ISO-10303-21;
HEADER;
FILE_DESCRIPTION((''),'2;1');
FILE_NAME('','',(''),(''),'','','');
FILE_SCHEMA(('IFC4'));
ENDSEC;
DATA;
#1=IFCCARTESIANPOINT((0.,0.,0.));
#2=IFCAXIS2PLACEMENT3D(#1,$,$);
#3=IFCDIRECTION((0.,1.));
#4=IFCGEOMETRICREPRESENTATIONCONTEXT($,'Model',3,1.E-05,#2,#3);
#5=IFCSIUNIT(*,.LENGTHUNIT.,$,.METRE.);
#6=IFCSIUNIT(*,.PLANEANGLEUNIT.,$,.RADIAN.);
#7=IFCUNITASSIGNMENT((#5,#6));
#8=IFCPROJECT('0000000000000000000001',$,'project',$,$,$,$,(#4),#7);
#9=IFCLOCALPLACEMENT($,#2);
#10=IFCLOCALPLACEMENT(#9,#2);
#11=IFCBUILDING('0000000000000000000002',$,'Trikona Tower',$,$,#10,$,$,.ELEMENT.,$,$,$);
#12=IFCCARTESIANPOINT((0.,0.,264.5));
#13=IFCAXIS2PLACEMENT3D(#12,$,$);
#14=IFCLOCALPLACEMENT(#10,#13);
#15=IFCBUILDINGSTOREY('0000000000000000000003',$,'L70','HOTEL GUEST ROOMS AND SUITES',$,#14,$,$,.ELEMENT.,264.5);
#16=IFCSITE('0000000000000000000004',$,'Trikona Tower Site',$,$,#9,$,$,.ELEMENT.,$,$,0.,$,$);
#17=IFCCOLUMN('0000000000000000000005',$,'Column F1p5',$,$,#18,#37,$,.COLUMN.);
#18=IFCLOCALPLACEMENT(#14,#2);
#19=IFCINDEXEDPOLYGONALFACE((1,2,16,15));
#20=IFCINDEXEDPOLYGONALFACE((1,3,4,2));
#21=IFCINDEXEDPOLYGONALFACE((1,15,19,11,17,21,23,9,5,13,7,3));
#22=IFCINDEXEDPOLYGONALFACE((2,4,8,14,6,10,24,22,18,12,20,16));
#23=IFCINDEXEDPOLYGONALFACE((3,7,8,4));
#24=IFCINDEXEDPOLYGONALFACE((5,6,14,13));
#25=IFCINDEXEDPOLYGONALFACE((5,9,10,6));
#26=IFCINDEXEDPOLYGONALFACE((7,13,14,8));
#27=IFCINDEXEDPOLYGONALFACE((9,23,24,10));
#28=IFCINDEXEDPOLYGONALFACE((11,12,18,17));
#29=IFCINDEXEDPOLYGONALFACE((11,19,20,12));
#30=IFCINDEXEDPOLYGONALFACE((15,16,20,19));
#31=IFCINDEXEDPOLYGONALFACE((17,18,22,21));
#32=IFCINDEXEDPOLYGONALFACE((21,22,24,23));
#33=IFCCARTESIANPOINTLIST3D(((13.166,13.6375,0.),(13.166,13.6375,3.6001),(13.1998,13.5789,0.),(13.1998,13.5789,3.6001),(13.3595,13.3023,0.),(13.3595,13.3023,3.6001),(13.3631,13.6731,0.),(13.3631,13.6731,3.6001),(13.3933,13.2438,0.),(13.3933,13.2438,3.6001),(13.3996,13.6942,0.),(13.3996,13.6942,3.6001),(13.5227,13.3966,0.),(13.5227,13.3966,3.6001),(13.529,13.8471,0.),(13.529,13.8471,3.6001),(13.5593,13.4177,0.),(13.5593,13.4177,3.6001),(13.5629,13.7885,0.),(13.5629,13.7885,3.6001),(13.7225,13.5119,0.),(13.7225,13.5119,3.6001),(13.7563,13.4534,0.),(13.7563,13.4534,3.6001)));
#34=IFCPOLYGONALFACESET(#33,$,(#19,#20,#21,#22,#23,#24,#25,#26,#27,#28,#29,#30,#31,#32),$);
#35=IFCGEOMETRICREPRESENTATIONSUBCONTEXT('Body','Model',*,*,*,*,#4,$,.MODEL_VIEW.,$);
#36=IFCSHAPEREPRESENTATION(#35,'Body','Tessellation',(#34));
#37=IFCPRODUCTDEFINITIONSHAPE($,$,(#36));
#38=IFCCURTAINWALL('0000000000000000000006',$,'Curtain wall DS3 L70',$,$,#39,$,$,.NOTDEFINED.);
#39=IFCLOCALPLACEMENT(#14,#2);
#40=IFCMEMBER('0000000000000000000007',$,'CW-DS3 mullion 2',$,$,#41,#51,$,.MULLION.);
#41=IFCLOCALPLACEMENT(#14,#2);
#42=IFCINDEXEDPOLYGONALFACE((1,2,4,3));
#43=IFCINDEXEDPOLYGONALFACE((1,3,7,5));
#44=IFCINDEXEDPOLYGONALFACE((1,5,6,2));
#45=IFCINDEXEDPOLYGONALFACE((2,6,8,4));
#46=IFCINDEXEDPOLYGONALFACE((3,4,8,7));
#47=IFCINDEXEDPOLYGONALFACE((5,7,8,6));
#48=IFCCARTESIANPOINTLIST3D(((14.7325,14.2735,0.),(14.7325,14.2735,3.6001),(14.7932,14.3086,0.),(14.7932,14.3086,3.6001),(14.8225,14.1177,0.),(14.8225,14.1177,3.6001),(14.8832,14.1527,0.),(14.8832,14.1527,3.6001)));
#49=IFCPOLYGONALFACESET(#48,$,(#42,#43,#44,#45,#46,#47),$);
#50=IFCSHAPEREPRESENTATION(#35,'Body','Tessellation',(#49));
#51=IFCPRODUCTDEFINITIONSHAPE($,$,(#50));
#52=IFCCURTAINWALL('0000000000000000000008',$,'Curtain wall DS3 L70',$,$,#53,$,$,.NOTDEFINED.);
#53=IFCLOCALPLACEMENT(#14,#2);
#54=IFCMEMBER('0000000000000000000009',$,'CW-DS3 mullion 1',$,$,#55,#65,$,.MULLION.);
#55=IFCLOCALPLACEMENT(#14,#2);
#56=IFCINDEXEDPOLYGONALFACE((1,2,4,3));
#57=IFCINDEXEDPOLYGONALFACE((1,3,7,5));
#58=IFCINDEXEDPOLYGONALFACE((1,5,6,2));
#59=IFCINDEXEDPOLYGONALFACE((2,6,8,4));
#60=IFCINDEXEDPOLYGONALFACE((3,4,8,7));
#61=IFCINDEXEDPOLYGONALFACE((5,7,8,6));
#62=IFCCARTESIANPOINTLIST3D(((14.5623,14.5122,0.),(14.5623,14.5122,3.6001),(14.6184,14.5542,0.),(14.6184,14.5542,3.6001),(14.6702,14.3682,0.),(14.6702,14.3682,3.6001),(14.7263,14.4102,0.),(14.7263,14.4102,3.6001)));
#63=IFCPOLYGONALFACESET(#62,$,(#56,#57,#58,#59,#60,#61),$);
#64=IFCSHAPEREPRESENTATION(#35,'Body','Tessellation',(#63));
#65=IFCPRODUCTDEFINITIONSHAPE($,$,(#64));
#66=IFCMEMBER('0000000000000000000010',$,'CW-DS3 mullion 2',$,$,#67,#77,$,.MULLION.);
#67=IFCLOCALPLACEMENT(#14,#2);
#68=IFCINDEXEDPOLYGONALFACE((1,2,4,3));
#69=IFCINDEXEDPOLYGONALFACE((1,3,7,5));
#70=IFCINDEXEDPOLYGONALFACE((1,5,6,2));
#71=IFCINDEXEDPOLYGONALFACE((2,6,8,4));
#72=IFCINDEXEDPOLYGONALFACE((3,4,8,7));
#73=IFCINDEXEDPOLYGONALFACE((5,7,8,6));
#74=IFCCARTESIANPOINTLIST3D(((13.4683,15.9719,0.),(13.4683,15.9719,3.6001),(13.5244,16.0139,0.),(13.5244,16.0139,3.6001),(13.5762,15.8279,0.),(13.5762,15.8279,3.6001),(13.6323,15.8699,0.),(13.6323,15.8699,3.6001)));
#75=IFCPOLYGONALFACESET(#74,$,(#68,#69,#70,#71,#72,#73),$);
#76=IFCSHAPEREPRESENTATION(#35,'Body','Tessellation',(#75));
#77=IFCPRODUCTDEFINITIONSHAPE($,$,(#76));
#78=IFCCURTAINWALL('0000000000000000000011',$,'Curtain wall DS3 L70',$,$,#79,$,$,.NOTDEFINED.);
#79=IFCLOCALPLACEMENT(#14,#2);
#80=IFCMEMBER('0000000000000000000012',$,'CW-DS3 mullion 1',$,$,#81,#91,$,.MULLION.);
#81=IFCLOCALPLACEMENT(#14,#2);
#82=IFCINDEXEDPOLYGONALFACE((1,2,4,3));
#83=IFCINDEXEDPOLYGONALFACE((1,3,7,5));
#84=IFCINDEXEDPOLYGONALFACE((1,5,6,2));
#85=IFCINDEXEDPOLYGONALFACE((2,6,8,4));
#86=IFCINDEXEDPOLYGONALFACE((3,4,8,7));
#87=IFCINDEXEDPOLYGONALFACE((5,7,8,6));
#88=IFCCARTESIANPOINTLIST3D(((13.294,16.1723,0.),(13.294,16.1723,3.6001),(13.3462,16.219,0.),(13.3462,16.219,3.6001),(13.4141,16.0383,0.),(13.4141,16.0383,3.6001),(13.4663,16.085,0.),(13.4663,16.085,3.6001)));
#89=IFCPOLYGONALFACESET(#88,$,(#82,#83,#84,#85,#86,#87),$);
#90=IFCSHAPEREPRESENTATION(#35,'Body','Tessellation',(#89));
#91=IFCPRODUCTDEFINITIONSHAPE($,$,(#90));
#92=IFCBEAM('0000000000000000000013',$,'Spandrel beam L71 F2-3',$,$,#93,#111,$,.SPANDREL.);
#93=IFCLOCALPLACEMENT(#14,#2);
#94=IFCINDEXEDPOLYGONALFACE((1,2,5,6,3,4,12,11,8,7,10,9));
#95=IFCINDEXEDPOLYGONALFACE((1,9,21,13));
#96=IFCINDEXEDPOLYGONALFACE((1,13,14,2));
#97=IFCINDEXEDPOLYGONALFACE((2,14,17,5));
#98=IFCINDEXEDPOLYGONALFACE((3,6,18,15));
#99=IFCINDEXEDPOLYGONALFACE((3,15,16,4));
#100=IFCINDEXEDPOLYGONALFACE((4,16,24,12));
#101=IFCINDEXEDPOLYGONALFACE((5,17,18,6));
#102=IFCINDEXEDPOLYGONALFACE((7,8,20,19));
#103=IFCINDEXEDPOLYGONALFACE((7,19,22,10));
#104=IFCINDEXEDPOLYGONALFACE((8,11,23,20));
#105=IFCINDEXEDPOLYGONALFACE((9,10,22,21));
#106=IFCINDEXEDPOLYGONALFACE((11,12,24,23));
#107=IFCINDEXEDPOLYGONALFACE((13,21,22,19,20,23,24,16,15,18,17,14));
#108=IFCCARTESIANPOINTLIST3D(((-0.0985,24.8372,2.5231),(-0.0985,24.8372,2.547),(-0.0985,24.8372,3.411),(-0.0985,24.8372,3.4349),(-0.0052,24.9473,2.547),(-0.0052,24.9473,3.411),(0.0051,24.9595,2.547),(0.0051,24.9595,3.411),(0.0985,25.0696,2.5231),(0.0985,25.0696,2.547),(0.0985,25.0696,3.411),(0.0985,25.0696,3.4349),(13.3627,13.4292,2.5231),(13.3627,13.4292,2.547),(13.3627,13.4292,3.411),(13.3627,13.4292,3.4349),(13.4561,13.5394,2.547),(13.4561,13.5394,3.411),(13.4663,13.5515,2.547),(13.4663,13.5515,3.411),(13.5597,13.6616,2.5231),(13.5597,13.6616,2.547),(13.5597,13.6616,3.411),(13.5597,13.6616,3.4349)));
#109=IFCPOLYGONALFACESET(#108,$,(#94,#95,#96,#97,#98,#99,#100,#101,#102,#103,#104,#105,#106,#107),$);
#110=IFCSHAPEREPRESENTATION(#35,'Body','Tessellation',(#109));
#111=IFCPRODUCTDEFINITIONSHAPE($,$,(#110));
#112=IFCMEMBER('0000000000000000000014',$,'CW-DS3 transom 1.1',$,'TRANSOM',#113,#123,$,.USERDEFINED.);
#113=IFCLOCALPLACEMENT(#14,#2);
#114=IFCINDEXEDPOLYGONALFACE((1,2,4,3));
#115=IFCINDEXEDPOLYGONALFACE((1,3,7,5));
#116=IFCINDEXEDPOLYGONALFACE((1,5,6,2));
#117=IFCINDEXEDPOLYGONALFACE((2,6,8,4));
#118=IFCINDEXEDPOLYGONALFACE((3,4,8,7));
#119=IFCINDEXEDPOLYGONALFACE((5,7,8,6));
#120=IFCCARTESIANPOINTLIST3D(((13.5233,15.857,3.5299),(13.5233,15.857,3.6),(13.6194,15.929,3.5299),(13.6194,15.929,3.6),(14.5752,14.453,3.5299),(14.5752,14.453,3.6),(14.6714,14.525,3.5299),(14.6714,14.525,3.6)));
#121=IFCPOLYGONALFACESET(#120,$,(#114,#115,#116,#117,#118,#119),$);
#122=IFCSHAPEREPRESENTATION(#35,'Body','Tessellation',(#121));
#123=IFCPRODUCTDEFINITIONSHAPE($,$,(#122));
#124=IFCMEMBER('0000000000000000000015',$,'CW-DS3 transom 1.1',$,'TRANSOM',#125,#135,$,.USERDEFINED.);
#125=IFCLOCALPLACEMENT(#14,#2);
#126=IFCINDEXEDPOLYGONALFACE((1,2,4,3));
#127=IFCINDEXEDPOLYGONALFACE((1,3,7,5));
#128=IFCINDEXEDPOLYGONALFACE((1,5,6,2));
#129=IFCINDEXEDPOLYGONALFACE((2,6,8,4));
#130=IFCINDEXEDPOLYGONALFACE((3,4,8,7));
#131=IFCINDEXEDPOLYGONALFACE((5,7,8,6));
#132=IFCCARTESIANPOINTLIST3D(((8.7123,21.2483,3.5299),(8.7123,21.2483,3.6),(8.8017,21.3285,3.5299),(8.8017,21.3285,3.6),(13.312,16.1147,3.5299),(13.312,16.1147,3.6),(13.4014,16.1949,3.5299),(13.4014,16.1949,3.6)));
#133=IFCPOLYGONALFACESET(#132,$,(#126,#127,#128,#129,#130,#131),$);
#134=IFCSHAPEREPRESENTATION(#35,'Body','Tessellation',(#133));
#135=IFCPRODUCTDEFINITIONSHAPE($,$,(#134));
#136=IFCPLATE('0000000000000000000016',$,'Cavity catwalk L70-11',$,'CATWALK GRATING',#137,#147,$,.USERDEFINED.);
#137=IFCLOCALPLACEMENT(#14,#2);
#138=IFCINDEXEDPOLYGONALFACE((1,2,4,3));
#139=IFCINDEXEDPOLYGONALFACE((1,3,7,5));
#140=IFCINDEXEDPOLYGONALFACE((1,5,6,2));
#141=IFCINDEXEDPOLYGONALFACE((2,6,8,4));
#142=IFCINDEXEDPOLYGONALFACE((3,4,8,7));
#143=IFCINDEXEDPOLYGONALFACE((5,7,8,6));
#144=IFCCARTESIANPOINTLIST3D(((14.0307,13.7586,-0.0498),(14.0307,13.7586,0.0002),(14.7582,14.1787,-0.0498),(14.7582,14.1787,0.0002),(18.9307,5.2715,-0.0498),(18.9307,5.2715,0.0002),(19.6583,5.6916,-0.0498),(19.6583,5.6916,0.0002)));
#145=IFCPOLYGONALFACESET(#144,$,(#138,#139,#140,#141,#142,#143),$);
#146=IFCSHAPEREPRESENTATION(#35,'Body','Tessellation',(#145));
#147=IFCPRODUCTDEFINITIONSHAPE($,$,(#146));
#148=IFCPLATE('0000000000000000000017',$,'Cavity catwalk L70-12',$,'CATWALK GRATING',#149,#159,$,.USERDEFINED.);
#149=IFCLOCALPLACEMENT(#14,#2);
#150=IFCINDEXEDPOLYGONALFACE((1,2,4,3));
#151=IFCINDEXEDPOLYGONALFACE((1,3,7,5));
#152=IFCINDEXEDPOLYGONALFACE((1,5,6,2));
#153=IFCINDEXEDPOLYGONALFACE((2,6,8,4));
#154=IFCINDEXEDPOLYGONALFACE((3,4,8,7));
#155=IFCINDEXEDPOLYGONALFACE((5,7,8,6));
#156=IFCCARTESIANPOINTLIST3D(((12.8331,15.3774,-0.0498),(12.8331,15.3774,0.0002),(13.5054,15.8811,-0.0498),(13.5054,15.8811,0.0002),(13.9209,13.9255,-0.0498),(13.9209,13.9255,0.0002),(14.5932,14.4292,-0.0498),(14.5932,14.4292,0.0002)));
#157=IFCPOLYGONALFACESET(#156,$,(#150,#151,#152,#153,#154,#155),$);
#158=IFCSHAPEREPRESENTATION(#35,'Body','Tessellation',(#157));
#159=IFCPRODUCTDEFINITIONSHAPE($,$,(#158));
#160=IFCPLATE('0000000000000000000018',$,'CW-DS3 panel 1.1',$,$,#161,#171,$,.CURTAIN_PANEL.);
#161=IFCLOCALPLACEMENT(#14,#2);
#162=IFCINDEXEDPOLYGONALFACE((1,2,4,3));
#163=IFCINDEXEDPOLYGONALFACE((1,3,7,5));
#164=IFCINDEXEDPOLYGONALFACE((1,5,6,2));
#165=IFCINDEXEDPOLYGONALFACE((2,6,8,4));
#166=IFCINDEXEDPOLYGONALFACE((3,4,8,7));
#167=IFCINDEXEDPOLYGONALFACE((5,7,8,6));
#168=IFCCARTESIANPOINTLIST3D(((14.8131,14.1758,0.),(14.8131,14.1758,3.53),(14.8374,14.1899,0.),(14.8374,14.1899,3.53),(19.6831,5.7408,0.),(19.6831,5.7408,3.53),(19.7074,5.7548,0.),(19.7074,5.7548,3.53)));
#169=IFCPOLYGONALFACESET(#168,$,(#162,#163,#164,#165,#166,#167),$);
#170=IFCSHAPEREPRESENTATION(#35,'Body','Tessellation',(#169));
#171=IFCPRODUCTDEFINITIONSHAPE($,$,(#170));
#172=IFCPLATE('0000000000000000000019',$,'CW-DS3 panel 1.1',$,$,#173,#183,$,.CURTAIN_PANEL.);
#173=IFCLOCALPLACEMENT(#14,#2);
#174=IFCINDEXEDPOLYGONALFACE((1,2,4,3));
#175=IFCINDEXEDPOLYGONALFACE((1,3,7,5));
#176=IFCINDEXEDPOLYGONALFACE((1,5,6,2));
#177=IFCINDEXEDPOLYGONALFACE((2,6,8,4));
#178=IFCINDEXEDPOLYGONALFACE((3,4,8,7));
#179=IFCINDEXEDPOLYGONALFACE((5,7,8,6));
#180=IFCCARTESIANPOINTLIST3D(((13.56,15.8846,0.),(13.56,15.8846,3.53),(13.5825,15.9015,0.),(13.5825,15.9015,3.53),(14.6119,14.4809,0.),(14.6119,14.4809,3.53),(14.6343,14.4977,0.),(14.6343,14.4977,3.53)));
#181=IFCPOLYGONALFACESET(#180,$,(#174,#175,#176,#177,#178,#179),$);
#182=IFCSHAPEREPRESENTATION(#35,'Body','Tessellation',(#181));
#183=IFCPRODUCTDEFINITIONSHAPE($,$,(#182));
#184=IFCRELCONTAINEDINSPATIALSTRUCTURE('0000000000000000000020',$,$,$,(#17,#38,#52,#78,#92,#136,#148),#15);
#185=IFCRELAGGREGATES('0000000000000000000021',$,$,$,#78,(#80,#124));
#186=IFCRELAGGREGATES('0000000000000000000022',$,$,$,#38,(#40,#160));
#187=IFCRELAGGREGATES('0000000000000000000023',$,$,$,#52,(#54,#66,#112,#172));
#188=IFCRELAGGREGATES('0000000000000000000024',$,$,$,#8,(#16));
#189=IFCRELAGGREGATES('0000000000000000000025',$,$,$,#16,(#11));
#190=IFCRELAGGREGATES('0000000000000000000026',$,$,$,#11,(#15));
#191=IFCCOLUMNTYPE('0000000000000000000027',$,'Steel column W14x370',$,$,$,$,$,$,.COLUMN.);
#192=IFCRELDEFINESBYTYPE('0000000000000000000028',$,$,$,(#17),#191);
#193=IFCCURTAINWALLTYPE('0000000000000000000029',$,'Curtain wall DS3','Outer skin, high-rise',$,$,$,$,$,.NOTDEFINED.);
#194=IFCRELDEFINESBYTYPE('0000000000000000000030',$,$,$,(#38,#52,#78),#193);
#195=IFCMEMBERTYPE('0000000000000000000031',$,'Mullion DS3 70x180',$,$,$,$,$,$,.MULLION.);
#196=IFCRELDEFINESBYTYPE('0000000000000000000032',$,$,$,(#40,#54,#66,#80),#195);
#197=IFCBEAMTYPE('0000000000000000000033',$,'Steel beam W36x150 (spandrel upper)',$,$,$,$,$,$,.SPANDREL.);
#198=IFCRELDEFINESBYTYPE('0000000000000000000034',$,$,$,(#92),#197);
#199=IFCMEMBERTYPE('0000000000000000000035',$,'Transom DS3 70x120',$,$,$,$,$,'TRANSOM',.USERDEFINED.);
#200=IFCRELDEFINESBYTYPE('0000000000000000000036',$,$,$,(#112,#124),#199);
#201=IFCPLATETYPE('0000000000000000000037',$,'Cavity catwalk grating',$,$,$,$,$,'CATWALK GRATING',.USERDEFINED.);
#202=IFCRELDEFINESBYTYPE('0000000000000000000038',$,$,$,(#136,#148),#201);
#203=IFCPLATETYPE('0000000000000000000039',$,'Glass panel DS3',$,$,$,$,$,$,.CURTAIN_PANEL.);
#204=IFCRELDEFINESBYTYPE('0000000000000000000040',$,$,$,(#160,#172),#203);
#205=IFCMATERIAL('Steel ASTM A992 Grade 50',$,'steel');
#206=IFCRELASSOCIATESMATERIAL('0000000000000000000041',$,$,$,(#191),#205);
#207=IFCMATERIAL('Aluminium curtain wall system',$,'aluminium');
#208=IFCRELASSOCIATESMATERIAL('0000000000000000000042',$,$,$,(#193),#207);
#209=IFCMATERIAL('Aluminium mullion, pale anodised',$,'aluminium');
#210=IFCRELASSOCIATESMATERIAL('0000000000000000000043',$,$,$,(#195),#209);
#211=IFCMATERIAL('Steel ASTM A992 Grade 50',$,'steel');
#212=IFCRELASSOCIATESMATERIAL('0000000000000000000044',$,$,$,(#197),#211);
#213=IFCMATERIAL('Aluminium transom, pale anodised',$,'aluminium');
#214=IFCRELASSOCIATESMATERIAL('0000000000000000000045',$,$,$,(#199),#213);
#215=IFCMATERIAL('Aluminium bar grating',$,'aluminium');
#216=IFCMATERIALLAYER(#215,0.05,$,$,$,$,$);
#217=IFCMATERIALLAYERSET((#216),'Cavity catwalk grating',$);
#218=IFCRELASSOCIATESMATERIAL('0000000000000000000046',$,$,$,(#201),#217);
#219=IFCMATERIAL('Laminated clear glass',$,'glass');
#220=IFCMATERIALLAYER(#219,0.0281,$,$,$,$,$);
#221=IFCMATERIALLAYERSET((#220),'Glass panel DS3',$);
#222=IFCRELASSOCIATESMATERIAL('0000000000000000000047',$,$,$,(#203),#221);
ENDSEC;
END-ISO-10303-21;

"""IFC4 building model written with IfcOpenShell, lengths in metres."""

from ifc_helpers import new_model, si_unit, direction, frame, origin, origin_2d, place, context, subcontext, project, spatial, rectangle, i_section, extrude, material, layer, layer_set, material_profile, profile_set, type_object, element, aggregate, save


model = new_model("IFC4")

# Units and contexts
model_context = context("Model", 3, precision=1e-05, world=origin(), true_north=direction((0.0, 1.0)))
body_context = subcontext(model_context, "Body", "Model", "MODEL_VIEW")
ifc_project = project(units=[si_unit("LENGTHUNIT", "METRE"), si_unit("PLANEANGLEUNIT", "RADIAN")], contexts=[model_context])

# Site, building, storey
site_placement = place(None, origin())
site = spatial("IfcSite", under=ifc_project, at=site_placement, Name="Trikona Tower Site", CompositionType="ELEMENT", RefElevation=0.0)
building_placement = place(site_placement, origin())
building = spatial("IfcBuilding", under=site, at=building_placement, Name="Trikona Tower", CompositionType="ELEMENT")
storey_placement = place(building_placement, frame((0.0, 0.0, 264.5)))
storey = spatial("IfcBuildingStorey", under=building, at=storey_placement, Name="L70", Description="HOTEL GUEST ROOMS AND SUITES", CompositionType="ELEMENT", Elevation=264.5)

# Column
ifc_material_1 = material(Name="Steel ASTM A992 Grade 50", Category="steel")
ifc_material_profile_1 = material_profile(ifc_material_1, i_section(OverallWidth=0.4192, OverallDepth=0.4546, WebThickness=0.0422, FlangeThickness=0.0676, at=origin_2d()), Name="W14X370")
ifc_profile_set_1 = profile_set([ifc_material_profile_1], Name="Steel ASTM A992 Grade 50")
column_type = type_object("IfcColumnType", Name="Steel column W14x370", PredefinedType="COLUMN", material=ifc_profile_set_1)
column_placement = place(storey_placement, frame((13.4612, 13.5454, 0.0), z_axis=(0.0, 0.0, 1.0), x_axis=(0.866025, 0.5, 0.0)))
element("IfcColumn", 1, at=column_placement, inside=storey, type_object=column_type, Name="Column F1p5", PredefinedType="COLUMN", context=body_context, shape_type="SweptSolid", body=[
    extrude(i_section(OverallWidth=0.4192, OverallDepth=0.4546, WebThickness=0.0422, FlangeThickness=0.0676, at=origin_2d()), origin(), (0.0, 0.0, 1.0), 3.6001),
])

# Curtain wall, member
ifc_material_2 = material(Name="Aluminium curtain wall system", Category="aluminium")
curtain_wall_type = type_object("IfcCurtainWallType", Name="Curtain wall DS3", Description="Outer skin, high-rise", PredefinedType="NOTDEFINED", material=ifc_material_2)
curtain_wall_1_placement = place(storey_placement, origin())
curtain_wall_1 = element("IfcCurtainWall", 2, at=curtain_wall_1_placement, inside=storey, type_object=curtain_wall_type, Name="Curtain wall DS3 L70", PredefinedType="NOTDEFINED")
ifc_material_3 = material(Name="Aluminium mullion, pale anodised", Category="aluminium")
ifc_material_profile_2 = material_profile(ifc_material_3, rectangle(XDim=0.0701, YDim=0.1799, at=origin_2d()), Name="MUL-DS3")
ifc_profile_set_2 = profile_set([ifc_material_profile_2], Name="Aluminium mullion, pale anodised")
member_type_1 = type_object("IfcMemberType", Name="Mullion DS3 70x180", PredefinedType="MULLION", material=ifc_profile_set_2)
member_1_placement = place(storey_placement, frame((14.8079, 14.2131, 0.0), z_axis=(0.0, 0.0, 1.0), x_axis=(-0.866025, -0.500001, 0.0)))
member_1 = element("IfcMember", 3, at=member_1_placement, type_object=member_type_1, Name="CW-DS3 mullion 2", PredefinedType="MULLION", context=body_context, shape_type="SweptSolid", body=[
    extrude(rectangle(XDim=0.0701, YDim=0.1799, at=origin_2d()), origin(), (0.0, 0.0, 1.0), 3.6001),
])

# Curtain wall, members
curtain_wall_2_placement = place(storey_placement, origin())
curtain_wall_2 = element("IfcCurtainWall", 4, at=curtain_wall_2_placement, inside=storey, type_object=curtain_wall_type, Name="Curtain wall DS3 L70", PredefinedType="NOTDEFINED")
member_2_placement = place(storey_placement, frame((14.6443, 14.4612, 0.0), z_axis=(0.0, 0.0, 1.0), x_axis=(-0.80026, -0.599654, 0.0)))
member_2 = element("IfcMember", 5, at=member_2_placement, type_object=member_type_1, Name="CW-DS3 mullion 1", PredefinedType="MULLION", context=body_context, shape_type="SweptSolid", body=[
    extrude(rectangle(XDim=0.0701, YDim=0.1799, at=origin_2d()), origin(), (0.0, 0.0, 1.0), 3.6001),
])
member_3_placement = place(storey_placement, frame((13.5503, 15.9209, 0.0), z_axis=(0.0, 0.0, 1.0), x_axis=(-0.80026, -0.599654, 0.0)))
member_3 = element("IfcMember", 6, at=member_3_placement, type_object=member_type_1, Name="CW-DS3 mullion 2", PredefinedType="MULLION", context=body_context, shape_type="SweptSolid", body=[
    extrude(rectangle(XDim=0.0701, YDim=0.1799, at=origin_2d()), origin(), (0.0, 0.0, 1.0), 3.6001),
])

# Curtain wall, member
curtain_wall_3_placement = place(storey_placement, origin())
curtain_wall_3 = element("IfcCurtainWall", 7, at=curtain_wall_3_placement, inside=storey, type_object=curtain_wall_type, Name="Curtain wall DS3 L70", PredefinedType="NOTDEFINED")
member_4_placement = place(storey_placement, frame((13.3801, 16.1287, 0.0), z_axis=(0.0, 0.0, 1.0), x_axis=(-0.744771, -0.66732, 0.0)))
member_4 = element("IfcMember", 8, at=member_4_placement, type_object=member_type_1, Name="CW-DS3 mullion 1", PredefinedType="MULLION", context=body_context, shape_type="SweptSolid", body=[
    extrude(rectangle(XDim=0.0701, YDim=0.1799, at=origin_2d()), origin(), (0.0, 0.0, 1.0), 3.6001),
])

# Beam
ifc_material_4 = material(Name="Steel ASTM A992 Grade 50", Category="steel")
ifc_material_profile_3 = material_profile(ifc_material_4, i_section(OverallWidth=0.3047, OverallDepth=0.9119, WebThickness=0.0159, FlangeThickness=0.0239, at=origin_2d()), Name="W36X150")
ifc_profile_set_3 = profile_set([ifc_material_profile_3], Name="Steel ASTM A992 Grade 50")
beam_type = type_object("IfcBeamType", Name="Steel beam W36x150 (spandrel upper)", PredefinedType="SPANDREL", material=ifc_profile_set_3)
beam_placement = place(storey_placement, frame((13.4612, 13.5454, 2.979), z_axis=(-0.762891, 0.646528, 0.0), x_axis=(-0.646528, -0.762891, 0.0)))
element("IfcBeam", 9, at=beam_placement, inside=storey, type_object=beam_type, Name="Spandrel beam L71 F2-3", PredefinedType="SPANDREL", context=body_context, shape_type="SweptSolid", body=[
    extrude(i_section(OverallWidth=0.3047, OverallDepth=0.9119, WebThickness=0.0159, FlangeThickness=0.0239, at=origin_2d()), origin(), (0.0, 0.0, 1.0), 17.645),
])

# Members
ifc_material_5 = material(Name="Aluminium transom, pale anodised", Category="aluminium")
ifc_material_profile_4 = material_profile(ifc_material_5, rectangle(XDim=0.1201, YDim=0.0701, at=origin_2d()), Name="TRN-DS3")
ifc_profile_set_4 = profile_set([ifc_material_profile_4], Name="Aluminium transom, pale anodised")
member_type_2 = type_object("IfcMemberType", Name="Transom DS3 70x120", ElementType="TRANSOM", PredefinedType="USERDEFINED", material=ifc_profile_set_4)
member_5_placement = place(storey_placement, frame((14.6233, 14.489, 3.5649), z_axis=(-0.599621, 0.800284, 0.0), x_axis=(-0.800284, -0.599621, 0.0)))
member_5 = element("IfcMember", 10, at=member_5_placement, type_object=member_type_2, Name="CW-DS3 transom 1.1", ObjectType="TRANSOM", PredefinedType="USERDEFINED", context=body_context, shape_type="SweptSolid", body=[
    extrude(rectangle(XDim=0.1201, YDim=0.0701, at=origin_2d()), origin(), (0.0, 0.0, 1.0), 1.7544),
])
member_6_placement = place(storey_placement, frame((13.3567, 16.1548, 3.5649), z_axis=(-0.667313, 0.744777, 0.0), x_axis=(-0.744777, -0.667313, 0.0)))
member_6 = element("IfcMember", 11, at=member_6_placement, type_object=member_type_2, Name="CW-DS3 transom 1.1", ObjectType="TRANSOM", PredefinedType="USERDEFINED", context=body_context, shape_type="SweptSolid", body=[
    extrude(rectangle(XDim=0.1201, YDim=0.0701, at=origin_2d()), origin(), (0.0, 0.0, 1.0), 6.8928),
])
aggregate(curtain_wall_3, [member_4, member_6])

# Plates
ifc_material_6 = material(Name="Aluminium bar grating", Category="aluminium")
ifc_layer_1 = layer(ifc_material_6, 0.05)
ifc_layer_set_1 = layer_set([ifc_layer_1], Name="Cavity catwalk grating")
plate_type_1 = type_object("IfcPlateType", Name="Cavity catwalk grating", ElementType="CATWALK GRATING", PredefinedType="USERDEFINED", material=ifc_layer_set_1)
plate_1_placement = place(storey_placement, frame((16.8445, 9.7251, -0.0498), z_axis=(0.0, 0.0, 1.0), x_axis=(-0.499998, 0.866026, 0.0)))
element("IfcPlate", 12, at=plate_1_placement, inside=storey, type_object=plate_type_1, Name="Cavity catwalk L70-11", ObjectType="CATWALK GRATING", PredefinedType="USERDEFINED", context=body_context, shape_type="SweptSolid", body=[
    extrude(rectangle(XDim=9.8, YDim=0.8401, at=origin_2d()), origin(), (0.0, 0.0, 1.0), 0.05),
])
plate_2_placement = place(storey_placement, frame((13.7131, 14.9033, -0.0498), z_axis=(0.0, 0.0, 1.0), x_axis=(-0.599619, 0.800286, 0.0)))
element("IfcPlate", 13, at=plate_2_placement, inside=storey, type_object=plate_type_1, Name="Cavity catwalk L70-12", ObjectType="CATWALK GRATING", PredefinedType="USERDEFINED", context=body_context, shape_type="SweptSolid", body=[
    extrude(rectangle(XDim=1.8142, YDim=0.8401, at=origin_2d()), origin(), (0.0, 0.0, 1.0), 0.05),
])

# Plates
ifc_material_7 = material(Name="Laminated clear glass", Category="glass")
ifc_layer_2 = layer(ifc_material_7, 0.0281)
ifc_layer_set_2 = layer_set([ifc_layer_2], Name="Glass panel DS3")
plate_type_2 = type_object("IfcPlateType", Name="Glass panel DS3", PredefinedType="CURTAIN_PANEL", material=ifc_layer_set_2)
plate_3_placement = place(storey_placement, frame((17.2603, 9.9653, 0.0), z_axis=(0.0, 0.0, 1.0), x_axis=(-0.500001, 0.866025, 0.0)))
plate_3 = element("IfcPlate", 14, at=plate_3_placement, type_object=plate_type_2, Name="CW-DS3 panel 1.1", PredefinedType="CURTAIN_PANEL", context=body_context, shape_type="SweptSolid", body=[
    extrude(rectangle(XDim=9.74, YDim=0.0281, at=origin_2d()), origin(), (0.0, 0.0, 1.0), 3.53),
])
aggregate(curtain_wall_1, [member_1, plate_3])
plate_4_placement = place(storey_placement, frame((14.0972, 15.1912, 0.0), z_axis=(0.0, 0.0, 1.0), x_axis=(-0.599654, 0.80026, 0.0)))
plate_4 = element("IfcPlate", 15, at=plate_4_placement, type_object=plate_type_2, Name="CW-DS3 panel 1.1", PredefinedType="CURTAIN_PANEL", context=body_context, shape_type="SweptSolid", body=[
    extrude(rectangle(XDim=1.7542, YDim=0.0281, at=origin_2d()), origin(), (0.0, 0.0, 1.0), 3.53),
])
aggregate(curtain_wall_2, [member_2, member_3, member_5, plate_4])

save(model, "model.ifc")
